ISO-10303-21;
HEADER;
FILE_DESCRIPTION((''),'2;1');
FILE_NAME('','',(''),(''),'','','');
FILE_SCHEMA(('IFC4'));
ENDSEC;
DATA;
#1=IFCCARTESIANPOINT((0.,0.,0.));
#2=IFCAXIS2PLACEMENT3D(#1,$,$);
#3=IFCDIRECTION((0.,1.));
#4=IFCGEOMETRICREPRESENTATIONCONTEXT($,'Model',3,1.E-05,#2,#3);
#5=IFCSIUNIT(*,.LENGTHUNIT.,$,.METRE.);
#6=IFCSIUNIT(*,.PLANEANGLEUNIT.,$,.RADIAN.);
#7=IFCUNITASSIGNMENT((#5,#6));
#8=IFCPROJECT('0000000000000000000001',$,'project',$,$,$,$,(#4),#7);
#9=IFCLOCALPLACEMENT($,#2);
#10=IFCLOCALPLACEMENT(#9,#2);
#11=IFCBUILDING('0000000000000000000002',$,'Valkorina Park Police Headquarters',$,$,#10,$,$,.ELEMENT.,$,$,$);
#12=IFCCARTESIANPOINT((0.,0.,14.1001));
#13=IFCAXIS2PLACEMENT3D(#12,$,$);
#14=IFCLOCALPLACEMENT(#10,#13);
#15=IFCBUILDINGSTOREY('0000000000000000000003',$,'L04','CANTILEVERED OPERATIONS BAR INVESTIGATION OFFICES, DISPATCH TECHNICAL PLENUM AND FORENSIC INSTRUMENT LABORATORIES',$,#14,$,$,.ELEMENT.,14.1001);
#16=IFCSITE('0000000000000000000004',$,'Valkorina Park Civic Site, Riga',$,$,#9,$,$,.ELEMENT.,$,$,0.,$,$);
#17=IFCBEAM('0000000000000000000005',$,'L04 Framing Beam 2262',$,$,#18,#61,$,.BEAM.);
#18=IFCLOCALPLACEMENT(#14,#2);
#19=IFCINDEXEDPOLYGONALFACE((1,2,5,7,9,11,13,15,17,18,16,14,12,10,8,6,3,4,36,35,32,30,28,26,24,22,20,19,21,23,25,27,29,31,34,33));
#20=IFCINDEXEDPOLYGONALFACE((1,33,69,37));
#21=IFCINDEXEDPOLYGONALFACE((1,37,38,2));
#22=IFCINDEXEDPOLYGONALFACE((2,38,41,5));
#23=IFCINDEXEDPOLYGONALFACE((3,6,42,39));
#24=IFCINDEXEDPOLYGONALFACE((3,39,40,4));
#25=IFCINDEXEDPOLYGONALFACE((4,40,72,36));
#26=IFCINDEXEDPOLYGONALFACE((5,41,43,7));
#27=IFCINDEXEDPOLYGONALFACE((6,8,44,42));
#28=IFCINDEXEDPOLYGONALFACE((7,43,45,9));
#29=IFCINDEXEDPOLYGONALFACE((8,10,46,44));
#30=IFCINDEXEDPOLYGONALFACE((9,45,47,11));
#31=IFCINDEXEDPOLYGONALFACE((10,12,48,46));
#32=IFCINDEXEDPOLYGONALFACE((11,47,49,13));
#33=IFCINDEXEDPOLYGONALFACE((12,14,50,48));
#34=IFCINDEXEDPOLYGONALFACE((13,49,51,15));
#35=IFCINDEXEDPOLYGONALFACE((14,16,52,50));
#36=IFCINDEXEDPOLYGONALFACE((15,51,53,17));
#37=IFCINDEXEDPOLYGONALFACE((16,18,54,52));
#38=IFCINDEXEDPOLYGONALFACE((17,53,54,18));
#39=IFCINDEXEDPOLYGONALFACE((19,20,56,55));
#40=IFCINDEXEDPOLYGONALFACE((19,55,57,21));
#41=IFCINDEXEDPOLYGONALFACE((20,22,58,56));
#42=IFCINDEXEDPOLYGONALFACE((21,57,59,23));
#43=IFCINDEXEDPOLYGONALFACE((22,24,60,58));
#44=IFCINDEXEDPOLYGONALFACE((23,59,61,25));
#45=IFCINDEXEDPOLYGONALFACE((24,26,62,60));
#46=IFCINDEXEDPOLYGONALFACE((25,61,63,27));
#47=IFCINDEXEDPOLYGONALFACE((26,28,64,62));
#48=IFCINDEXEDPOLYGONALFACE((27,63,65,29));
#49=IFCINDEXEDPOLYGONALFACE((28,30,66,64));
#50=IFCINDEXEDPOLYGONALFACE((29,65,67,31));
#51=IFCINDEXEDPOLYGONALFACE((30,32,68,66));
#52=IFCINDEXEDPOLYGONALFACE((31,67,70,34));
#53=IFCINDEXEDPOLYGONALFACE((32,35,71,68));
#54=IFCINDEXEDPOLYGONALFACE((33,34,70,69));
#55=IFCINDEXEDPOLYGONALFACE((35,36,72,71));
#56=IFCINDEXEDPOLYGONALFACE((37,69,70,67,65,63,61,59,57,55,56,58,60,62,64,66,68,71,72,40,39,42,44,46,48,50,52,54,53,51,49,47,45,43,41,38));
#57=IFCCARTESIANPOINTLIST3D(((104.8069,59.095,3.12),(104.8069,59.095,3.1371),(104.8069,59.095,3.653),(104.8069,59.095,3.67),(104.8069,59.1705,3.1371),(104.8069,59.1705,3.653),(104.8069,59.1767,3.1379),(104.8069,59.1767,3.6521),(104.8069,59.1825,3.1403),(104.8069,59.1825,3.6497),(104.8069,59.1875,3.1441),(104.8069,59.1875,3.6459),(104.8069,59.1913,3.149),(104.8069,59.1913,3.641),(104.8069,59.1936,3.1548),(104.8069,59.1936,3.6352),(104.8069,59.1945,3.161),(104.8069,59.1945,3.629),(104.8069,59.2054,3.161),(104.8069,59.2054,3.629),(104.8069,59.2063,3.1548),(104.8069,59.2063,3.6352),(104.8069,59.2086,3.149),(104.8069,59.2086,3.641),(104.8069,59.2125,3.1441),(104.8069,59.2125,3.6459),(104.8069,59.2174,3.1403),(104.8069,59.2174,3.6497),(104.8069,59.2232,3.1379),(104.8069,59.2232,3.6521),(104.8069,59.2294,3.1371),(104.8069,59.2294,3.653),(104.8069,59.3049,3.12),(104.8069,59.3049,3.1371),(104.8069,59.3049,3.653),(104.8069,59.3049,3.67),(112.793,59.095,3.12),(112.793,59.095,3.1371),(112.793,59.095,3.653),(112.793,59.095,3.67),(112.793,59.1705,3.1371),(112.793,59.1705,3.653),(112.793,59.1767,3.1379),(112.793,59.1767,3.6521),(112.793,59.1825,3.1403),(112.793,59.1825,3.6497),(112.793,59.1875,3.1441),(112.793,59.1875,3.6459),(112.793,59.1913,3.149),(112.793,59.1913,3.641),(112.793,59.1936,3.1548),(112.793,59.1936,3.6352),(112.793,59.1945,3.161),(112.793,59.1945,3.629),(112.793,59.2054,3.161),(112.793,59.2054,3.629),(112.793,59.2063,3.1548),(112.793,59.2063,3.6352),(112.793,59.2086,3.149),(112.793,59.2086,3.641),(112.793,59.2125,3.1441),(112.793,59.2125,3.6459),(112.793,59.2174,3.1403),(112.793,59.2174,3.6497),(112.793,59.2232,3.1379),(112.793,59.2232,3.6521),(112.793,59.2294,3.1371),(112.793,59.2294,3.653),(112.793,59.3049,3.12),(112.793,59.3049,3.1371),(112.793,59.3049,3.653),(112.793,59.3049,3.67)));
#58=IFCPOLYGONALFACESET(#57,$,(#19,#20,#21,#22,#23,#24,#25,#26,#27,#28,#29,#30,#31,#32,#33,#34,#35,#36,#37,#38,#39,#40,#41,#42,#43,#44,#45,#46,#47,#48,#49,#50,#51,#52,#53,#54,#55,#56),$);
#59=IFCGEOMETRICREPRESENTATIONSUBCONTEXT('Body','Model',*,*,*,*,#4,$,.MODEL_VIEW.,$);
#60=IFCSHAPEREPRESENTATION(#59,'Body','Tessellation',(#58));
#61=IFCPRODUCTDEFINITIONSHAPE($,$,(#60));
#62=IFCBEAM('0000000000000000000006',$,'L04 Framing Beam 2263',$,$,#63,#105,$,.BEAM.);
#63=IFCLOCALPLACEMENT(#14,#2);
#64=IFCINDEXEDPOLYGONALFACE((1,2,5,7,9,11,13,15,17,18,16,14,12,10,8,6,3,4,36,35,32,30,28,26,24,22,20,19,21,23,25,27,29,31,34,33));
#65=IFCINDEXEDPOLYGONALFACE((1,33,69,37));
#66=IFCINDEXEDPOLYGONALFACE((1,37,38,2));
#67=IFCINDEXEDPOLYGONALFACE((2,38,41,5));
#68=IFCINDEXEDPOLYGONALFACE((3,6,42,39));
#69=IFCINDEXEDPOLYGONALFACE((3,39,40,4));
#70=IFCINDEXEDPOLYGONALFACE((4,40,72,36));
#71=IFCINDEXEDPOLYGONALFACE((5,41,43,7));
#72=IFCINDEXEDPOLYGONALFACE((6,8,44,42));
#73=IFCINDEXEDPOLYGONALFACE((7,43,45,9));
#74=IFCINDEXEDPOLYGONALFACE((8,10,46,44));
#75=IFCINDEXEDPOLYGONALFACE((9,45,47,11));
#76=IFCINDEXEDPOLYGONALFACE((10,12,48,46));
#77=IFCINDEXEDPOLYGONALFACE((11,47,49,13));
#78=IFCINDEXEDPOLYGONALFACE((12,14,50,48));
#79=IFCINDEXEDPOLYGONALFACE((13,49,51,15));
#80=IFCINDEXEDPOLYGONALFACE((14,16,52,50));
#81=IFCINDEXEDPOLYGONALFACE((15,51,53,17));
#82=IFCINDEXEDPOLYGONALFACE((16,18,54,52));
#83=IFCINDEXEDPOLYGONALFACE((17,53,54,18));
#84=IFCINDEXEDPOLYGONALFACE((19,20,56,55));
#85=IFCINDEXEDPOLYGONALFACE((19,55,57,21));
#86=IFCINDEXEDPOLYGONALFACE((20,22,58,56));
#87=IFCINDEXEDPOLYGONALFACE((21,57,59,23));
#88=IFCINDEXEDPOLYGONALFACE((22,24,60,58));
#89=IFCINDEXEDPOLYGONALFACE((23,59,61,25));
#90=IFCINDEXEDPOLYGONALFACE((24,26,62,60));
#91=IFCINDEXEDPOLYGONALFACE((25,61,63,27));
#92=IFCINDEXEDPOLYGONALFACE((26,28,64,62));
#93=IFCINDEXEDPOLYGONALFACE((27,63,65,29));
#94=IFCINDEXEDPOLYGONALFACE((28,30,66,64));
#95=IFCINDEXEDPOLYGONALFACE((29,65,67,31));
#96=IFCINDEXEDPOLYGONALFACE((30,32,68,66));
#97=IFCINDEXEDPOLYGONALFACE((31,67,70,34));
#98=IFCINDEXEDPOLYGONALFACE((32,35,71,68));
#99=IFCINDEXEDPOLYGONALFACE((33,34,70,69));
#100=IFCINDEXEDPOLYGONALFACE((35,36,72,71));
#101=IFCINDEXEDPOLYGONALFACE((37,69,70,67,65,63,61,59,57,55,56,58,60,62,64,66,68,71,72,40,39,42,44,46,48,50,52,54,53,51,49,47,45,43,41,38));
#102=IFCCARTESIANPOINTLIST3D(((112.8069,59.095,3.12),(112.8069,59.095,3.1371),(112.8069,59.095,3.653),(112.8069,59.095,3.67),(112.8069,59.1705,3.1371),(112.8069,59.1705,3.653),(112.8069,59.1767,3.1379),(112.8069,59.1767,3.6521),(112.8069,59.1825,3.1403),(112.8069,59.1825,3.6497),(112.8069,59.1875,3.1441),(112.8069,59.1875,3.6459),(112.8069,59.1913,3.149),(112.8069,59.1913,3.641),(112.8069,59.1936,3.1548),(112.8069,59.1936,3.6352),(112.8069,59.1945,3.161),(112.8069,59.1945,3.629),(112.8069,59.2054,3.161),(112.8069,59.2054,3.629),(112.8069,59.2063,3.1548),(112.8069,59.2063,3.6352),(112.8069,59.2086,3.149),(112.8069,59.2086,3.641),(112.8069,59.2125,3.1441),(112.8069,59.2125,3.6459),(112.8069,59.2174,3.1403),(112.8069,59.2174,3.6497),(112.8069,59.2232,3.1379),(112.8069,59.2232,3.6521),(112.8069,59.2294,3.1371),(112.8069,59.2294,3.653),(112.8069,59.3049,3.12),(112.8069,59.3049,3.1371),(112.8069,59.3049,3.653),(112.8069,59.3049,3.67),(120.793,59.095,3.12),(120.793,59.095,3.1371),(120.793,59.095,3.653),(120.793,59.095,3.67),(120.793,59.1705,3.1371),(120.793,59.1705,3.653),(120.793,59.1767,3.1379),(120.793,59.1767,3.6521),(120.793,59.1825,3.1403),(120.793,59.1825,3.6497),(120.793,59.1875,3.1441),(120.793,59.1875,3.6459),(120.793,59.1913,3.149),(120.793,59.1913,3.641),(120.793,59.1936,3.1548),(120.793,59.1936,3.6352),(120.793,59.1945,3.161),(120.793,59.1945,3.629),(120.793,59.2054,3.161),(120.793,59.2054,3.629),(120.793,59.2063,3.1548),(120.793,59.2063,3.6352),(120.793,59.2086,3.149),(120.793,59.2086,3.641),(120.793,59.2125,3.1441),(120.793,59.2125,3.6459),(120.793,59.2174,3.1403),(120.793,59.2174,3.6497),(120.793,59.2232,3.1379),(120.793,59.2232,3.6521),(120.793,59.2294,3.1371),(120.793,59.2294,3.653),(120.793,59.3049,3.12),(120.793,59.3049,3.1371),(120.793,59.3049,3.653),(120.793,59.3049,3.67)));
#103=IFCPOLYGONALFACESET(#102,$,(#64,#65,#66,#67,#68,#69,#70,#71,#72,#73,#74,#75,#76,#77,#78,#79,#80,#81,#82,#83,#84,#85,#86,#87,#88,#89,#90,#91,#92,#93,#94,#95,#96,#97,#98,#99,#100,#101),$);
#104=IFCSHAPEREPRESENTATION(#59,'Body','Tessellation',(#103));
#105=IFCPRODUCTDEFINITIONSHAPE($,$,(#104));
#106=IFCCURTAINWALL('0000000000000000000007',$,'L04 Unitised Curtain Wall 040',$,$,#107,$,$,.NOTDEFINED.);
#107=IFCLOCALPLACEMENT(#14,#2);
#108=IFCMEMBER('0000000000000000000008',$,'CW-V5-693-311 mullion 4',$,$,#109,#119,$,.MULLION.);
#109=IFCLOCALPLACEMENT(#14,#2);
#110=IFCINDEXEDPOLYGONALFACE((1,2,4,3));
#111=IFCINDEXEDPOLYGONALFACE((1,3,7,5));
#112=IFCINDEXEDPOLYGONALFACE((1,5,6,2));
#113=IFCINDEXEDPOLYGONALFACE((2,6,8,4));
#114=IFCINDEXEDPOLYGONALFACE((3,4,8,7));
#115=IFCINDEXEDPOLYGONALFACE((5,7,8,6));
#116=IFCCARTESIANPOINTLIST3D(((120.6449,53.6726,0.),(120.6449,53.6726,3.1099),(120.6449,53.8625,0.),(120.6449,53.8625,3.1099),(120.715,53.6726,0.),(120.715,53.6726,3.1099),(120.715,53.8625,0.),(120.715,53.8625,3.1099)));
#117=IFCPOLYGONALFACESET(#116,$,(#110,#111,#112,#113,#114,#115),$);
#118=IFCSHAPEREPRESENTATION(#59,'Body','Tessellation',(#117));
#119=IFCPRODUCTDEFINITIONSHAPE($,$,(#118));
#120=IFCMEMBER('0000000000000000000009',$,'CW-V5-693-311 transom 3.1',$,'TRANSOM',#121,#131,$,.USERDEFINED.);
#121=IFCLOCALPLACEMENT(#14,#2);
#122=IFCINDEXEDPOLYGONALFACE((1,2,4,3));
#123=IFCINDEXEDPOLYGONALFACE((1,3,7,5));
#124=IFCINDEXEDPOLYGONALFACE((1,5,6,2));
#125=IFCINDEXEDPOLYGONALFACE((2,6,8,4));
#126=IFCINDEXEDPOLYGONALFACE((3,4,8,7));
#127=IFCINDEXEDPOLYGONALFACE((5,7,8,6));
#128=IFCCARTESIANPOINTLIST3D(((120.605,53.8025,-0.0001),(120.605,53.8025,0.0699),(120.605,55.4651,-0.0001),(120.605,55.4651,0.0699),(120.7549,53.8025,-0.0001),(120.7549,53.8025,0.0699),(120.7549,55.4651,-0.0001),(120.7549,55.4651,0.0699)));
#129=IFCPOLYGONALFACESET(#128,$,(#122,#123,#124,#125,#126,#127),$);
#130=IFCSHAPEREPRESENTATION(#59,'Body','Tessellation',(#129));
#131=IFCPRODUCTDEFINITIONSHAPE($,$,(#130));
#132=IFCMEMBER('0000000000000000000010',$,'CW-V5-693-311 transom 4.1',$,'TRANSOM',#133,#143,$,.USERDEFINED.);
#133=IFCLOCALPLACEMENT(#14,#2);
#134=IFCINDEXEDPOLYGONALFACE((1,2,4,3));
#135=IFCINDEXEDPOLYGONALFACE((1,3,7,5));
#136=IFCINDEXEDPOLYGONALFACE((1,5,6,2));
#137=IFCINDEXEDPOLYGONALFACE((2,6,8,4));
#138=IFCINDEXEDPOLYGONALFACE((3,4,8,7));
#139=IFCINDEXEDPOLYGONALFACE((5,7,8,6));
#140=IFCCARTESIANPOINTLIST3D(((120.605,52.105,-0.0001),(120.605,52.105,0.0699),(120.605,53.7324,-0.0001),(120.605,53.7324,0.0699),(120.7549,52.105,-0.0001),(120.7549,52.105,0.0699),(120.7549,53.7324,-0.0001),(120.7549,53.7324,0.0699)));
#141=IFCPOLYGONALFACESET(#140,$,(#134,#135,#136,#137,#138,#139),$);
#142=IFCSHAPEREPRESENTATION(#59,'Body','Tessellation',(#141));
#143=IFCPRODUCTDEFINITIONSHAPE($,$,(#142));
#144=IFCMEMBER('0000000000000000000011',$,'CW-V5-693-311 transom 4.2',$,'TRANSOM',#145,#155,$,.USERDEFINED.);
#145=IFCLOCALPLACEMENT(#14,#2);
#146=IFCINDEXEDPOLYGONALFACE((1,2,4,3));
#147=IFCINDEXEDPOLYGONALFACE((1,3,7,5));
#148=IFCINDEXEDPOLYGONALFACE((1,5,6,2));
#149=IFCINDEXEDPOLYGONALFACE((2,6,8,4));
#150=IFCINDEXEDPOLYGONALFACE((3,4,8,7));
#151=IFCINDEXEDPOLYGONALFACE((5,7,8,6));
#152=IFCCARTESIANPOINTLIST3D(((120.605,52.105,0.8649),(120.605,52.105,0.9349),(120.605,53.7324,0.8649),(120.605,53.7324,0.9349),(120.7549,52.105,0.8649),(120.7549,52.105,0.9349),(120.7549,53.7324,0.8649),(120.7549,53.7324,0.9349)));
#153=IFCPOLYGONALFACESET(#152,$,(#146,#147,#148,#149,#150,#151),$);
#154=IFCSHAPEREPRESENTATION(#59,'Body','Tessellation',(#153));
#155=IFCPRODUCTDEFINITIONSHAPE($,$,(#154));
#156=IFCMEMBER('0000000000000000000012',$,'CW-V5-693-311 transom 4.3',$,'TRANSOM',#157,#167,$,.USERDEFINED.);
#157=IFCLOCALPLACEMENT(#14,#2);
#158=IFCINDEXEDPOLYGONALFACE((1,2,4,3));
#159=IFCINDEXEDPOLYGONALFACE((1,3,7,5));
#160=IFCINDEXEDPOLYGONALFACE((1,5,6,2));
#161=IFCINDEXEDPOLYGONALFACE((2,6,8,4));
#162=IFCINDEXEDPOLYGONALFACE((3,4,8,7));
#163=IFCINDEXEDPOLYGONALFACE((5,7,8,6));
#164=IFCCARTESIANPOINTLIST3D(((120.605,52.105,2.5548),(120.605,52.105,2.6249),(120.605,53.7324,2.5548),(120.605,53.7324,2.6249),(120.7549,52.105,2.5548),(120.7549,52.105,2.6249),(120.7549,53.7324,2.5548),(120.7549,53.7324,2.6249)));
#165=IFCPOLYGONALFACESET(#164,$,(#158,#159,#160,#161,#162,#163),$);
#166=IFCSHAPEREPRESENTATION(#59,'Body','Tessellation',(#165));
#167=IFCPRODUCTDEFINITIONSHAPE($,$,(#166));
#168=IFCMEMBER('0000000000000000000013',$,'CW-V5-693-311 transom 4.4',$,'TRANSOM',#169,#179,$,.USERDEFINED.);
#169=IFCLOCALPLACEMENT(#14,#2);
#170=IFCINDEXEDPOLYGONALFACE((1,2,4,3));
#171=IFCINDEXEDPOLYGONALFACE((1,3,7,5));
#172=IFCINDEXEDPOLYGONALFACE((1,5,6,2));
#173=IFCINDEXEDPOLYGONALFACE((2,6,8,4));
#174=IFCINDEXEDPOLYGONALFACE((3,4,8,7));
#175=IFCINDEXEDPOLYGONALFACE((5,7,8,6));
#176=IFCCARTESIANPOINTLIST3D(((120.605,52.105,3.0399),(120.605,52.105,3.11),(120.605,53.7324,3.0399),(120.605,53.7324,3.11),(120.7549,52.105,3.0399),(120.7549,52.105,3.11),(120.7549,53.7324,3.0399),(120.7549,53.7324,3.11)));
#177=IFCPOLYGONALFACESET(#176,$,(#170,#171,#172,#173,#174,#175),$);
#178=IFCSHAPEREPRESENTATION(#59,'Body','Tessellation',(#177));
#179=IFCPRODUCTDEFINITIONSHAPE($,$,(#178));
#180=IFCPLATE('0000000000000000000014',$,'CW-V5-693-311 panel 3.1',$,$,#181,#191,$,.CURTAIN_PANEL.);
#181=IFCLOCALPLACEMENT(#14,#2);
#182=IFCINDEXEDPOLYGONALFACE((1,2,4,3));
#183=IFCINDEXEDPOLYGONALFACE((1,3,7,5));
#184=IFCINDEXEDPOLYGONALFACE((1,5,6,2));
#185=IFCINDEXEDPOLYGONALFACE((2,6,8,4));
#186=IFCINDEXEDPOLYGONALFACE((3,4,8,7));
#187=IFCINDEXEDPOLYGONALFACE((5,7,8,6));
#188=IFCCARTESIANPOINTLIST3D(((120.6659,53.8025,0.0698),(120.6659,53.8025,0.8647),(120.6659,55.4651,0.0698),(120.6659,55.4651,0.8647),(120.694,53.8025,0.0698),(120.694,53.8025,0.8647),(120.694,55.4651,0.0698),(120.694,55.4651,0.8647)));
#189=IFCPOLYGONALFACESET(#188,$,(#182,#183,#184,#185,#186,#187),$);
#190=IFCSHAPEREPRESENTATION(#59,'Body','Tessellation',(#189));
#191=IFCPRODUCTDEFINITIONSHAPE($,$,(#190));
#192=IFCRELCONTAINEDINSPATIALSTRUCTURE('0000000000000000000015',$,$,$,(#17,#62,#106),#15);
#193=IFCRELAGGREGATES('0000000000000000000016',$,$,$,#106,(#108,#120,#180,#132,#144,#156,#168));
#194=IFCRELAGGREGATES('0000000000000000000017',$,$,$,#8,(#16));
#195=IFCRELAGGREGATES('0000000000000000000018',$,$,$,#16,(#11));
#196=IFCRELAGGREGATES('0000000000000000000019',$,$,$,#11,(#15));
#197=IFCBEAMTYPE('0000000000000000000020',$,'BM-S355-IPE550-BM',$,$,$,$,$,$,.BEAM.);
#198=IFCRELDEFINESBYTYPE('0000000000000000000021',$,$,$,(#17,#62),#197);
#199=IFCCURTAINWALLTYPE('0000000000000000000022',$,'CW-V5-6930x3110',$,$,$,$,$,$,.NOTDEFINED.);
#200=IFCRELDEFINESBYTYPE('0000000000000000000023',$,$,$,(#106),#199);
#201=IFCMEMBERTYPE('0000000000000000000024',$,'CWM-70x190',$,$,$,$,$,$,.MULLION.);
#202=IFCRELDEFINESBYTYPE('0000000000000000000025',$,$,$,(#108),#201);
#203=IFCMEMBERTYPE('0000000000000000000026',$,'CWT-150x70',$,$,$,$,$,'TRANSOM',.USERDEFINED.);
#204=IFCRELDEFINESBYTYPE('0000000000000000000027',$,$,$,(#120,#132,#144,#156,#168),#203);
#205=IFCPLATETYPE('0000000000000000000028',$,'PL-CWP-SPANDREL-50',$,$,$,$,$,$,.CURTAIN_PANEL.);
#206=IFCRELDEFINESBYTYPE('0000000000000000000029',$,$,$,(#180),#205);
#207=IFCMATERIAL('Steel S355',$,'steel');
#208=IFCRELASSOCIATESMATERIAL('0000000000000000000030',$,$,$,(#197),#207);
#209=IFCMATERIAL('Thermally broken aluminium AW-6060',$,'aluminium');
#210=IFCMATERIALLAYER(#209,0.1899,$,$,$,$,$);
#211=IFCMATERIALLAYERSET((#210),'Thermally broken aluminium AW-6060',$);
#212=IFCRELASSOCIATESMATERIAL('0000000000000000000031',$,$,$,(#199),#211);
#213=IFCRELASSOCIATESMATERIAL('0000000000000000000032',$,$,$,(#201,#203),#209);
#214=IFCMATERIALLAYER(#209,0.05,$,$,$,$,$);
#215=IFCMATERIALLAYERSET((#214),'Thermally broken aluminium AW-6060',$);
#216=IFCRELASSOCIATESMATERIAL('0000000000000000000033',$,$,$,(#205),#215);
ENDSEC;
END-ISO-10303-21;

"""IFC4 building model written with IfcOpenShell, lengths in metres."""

from ifc_helpers import new_model, si_unit, direction, frame, origin, origin_2d, place, context, subcontext, project, spatial, rectangle, i_section, extrude, material, layer, layer_set, material_profile, profile_set, type_object, element, aggregate, save


model = new_model("IFC4")

# Units and contexts
model_context = context("Model", 3, precision=1e-05, world=origin(), true_north=direction((0.0, 1.0)))
body_context = subcontext(model_context, "Body", "Model", "MODEL_VIEW")
ifc_project = project(units=[si_unit("LENGTHUNIT", "METRE"), si_unit("PLANEANGLEUNIT", "RADIAN")], contexts=[model_context])

# Site, building, storey
site_placement = place(None, origin())
site = spatial("IfcSite", under=ifc_project, at=site_placement, Name="Valkorina Park Civic Site, Riga", CompositionType="ELEMENT", RefElevation=0.0)
building_placement = place(site_placement, origin())
building = spatial("IfcBuilding", under=site, at=building_placement, Name="Valkorina Park Police Headquarters", CompositionType="ELEMENT")
storey_placement = place(building_placement, frame((0.0, 0.0, 14.1001)))
storey = spatial("IfcBuildingStorey", under=building, at=storey_placement, Name="L04", Description="CANTILEVERED OPERATIONS BAR INVESTIGATION OFFICES, DISPATCH TECHNICAL PLENUM AND FORENSIC INSTRUMENT LABORATORIES", CompositionType="ELEMENT", Elevation=14.1001)

# Shared definitions
ifc_material_1 = material(Name="Steel S355", Category="steel")

# Beams
ifc_material_profile_1 = material_profile(ifc_material_1, i_section(OverallWidth=0.21, OverallDepth=0.55, WebThickness=0.011, FlangeThickness=0.0171, FilletRadius=0.0239, at=origin_2d()), Name="IPE 550")
ifc_profile_set_1 = profile_set([ifc_material_profile_1], Name="Steel S355")
beam_type = type_object("IfcBeamType", Name="BM-S355-IPE550-BM", PredefinedType="BEAM", material=ifc_profile_set_1)
for number, where, z_axis, x_axis, name in (
    (1, (104.8069, 59.2, 3.395), (1.0, 0.0, 0.0), (0.0, 1.0, 0.0), "L04 Framing Beam 2262"),
    (2, (112.8069, 59.2, 3.395), (1.0, 0.0, 0.0), (0.0, 1.0, 0.0), "L04 Framing Beam 2263"),
):
    element("IfcBeam", number, at=place(storey_placement, frame(where, z_axis=z_axis, x_axis=x_axis)), inside=storey, type_object=beam_type, Name=name, PredefinedType="BEAM", context=body_context, shape_type="SweptSolid", body=[
        extrude(i_section(OverallWidth=0.21, OverallDepth=0.55, WebThickness=0.011, FlangeThickness=0.0171, FilletRadius=0.0239, at=origin_2d()), origin(), (0.0, 0.0, 1.0), 7.9861),
    ])

# Curtain wall, members, plate
ifc_material_2 = material(Name="Thermally broken aluminium AW-6060", Category="aluminium")
ifc_layer_1 = layer(ifc_material_2, 0.1899)
ifc_layer_set_1 = layer_set([ifc_layer_1], Name="Thermally broken aluminium AW-6060")
curtain_wall_type = type_object("IfcCurtainWallType", Name="CW-V5-6930x3110", PredefinedType="NOTDEFINED", material=ifc_layer_set_1)
curtain_wall_placement = place(storey_placement, origin())
curtain_wall = element("IfcCurtainWall", 3, at=curtain_wall_placement, inside=storey, type_object=curtain_wall_type, Name="L04 Unitised Curtain Wall 040", PredefinedType="NOTDEFINED")
ifc_material_profile_2 = material_profile(ifc_material_2, rectangle(XDim=0.0701, YDim=0.1899, at=origin_2d()), Name="CWM-02 70x190")
ifc_profile_set_2 = profile_set([ifc_material_profile_2], Name="Thermally broken aluminium AW-6060")
member_type_1 = type_object("IfcMemberType", Name="CWM-70x190", PredefinedType="MULLION", material=ifc_profile_set_2)
member_1_placement = place(storey_placement, frame((120.6799, 53.7676, 0.0), z_axis=(0.0, 0.0, 1.0), x_axis=(1.0, 0.0, 0.0)))
member_1 = element("IfcMember", 4, at=member_1_placement, type_object=member_type_1, Name="CW-V5-693-311 mullion 4", PredefinedType="MULLION", context=body_context, shape_type="SweptSolid", body=[
    extrude(rectangle(XDim=0.0701, YDim=0.1899, at=origin_2d()), origin(), (0.0, 0.0, 1.0), 3.1099),
])
ifc_material_profile_3 = material_profile(ifc_material_2, rectangle(XDim=0.1499, YDim=0.0701, at=origin_2d()), Name="CWT-02 150x70")
ifc_profile_set_3 = profile_set([ifc_material_profile_3], Name="Thermally broken aluminium AW-6060")
member_type_2 = type_object("IfcMemberType", Name="CWT-150x70", ElementType="TRANSOM", PredefinedType="USERDEFINED", material=ifc_profile_set_3)
member_2_placement = place(storey_placement, frame((120.6799, 55.4651, 0.0349), z_axis=(0.0, -1.0, 0.0), x_axis=(1.0, 0.0, 0.0)))
member_2 = element("IfcMember", 5, at=member_2_placement, type_object=member_type_2, Name="CW-V5-693-311 transom 3.1", ObjectType="TRANSOM", PredefinedType="USERDEFINED", context=body_context, shape_type="SweptSolid", body=[
    extrude(rectangle(XDim=0.1499, YDim=0.0701, at=origin_2d()), origin(), (0.0, 0.0, 1.0), 1.6626),
])
member_3_placement = place(storey_placement, frame((120.6799, 53.7324, 0.0349), z_axis=(0.0, -1.0, 0.0), x_axis=(1.0, 0.0, 0.0)))
member_3 = element("IfcMember", 6, at=member_3_placement, type_object=member_type_2, Name="CW-V5-693-311 transom 4.1", ObjectType="TRANSOM", PredefinedType="USERDEFINED", context=body_context, shape_type="SweptSolid", body=[
    extrude(rectangle(XDim=0.1499, YDim=0.0701, at=origin_2d()), origin(), (0.0, 0.0, 1.0), 1.6274),
])
member_4_placement = place(storey_placement, frame((120.6799, 53.7324, 0.8999), z_axis=(0.0, -1.0, 0.0), x_axis=(1.0, 0.0, 0.0)))
member_4 = element("IfcMember", 7, at=member_4_placement, type_object=member_type_2, Name="CW-V5-693-311 transom 4.2", ObjectType="TRANSOM", PredefinedType="USERDEFINED", context=body_context, shape_type="SweptSolid", body=[
    extrude(rectangle(XDim=0.1499, YDim=0.0701, at=origin_2d()), origin(), (0.0, 0.0, 1.0), 1.6274),
])
member_5_placement = place(storey_placement, frame((120.6799, 53.7324, 2.5898), z_axis=(0.0, -1.0, 0.0), x_axis=(1.0, 0.0, 0.0)))
member_5 = element("IfcMember", 8, at=member_5_placement, type_object=member_type_2, Name="CW-V5-693-311 transom 4.3", ObjectType="TRANSOM", PredefinedType="USERDEFINED", context=body_context, shape_type="SweptSolid", body=[
    extrude(rectangle(XDim=0.1499, YDim=0.0701, at=origin_2d()), origin(), (0.0, 0.0, 1.0), 1.6274),
])
member_6_placement = place(storey_placement, frame((120.6799, 53.7324, 3.075), z_axis=(0.0, -1.0, 0.0), x_axis=(1.0, 0.0, 0.0)))
member_6 = element("IfcMember", 9, at=member_6_placement, type_object=member_type_2, Name="CW-V5-693-311 transom 4.4", ObjectType="TRANSOM", PredefinedType="USERDEFINED", context=body_context, shape_type="SweptSolid", body=[
    extrude(rectangle(XDim=0.1499, YDim=0.0701, at=origin_2d()), origin(), (0.0, 0.0, 1.0), 1.6274),
])
ifc_layer_2 = layer(ifc_material_2, 0.05)
ifc_layer_set_2 = layer_set([ifc_layer_2], Name="Thermally broken aluminium AW-6060")
plate_type_1 = type_object("IfcPlateType", Name="PL-CWP-SPANDREL-50", PredefinedType="CURTAIN_PANEL", material=ifc_layer_set_2)
plate_1_placement = place(storey_placement, frame((120.6799, 54.6338, 0.0698), z_axis=(0.0, 0.0, 1.0), x_axis=(0.0, -1.0, 0.0)))
plate_1 = element("IfcPlate", 10, at=plate_1_placement, type_object=plate_type_1, Name="CW-V5-693-311 panel 3.1", PredefinedType="CURTAIN_PANEL", context=body_context, shape_type="SweptSolid", body=[
    extrude(rectangle(XDim=1.6626, YDim=0.0281, at=origin_2d()), origin(), (0.0, 0.0, 1.0), 0.7949),
])
aggregate(curtain_wall, [member_1, member_2, plate_1, member_3, member_4, member_5, member_6])

save(model, "model.ifc")
